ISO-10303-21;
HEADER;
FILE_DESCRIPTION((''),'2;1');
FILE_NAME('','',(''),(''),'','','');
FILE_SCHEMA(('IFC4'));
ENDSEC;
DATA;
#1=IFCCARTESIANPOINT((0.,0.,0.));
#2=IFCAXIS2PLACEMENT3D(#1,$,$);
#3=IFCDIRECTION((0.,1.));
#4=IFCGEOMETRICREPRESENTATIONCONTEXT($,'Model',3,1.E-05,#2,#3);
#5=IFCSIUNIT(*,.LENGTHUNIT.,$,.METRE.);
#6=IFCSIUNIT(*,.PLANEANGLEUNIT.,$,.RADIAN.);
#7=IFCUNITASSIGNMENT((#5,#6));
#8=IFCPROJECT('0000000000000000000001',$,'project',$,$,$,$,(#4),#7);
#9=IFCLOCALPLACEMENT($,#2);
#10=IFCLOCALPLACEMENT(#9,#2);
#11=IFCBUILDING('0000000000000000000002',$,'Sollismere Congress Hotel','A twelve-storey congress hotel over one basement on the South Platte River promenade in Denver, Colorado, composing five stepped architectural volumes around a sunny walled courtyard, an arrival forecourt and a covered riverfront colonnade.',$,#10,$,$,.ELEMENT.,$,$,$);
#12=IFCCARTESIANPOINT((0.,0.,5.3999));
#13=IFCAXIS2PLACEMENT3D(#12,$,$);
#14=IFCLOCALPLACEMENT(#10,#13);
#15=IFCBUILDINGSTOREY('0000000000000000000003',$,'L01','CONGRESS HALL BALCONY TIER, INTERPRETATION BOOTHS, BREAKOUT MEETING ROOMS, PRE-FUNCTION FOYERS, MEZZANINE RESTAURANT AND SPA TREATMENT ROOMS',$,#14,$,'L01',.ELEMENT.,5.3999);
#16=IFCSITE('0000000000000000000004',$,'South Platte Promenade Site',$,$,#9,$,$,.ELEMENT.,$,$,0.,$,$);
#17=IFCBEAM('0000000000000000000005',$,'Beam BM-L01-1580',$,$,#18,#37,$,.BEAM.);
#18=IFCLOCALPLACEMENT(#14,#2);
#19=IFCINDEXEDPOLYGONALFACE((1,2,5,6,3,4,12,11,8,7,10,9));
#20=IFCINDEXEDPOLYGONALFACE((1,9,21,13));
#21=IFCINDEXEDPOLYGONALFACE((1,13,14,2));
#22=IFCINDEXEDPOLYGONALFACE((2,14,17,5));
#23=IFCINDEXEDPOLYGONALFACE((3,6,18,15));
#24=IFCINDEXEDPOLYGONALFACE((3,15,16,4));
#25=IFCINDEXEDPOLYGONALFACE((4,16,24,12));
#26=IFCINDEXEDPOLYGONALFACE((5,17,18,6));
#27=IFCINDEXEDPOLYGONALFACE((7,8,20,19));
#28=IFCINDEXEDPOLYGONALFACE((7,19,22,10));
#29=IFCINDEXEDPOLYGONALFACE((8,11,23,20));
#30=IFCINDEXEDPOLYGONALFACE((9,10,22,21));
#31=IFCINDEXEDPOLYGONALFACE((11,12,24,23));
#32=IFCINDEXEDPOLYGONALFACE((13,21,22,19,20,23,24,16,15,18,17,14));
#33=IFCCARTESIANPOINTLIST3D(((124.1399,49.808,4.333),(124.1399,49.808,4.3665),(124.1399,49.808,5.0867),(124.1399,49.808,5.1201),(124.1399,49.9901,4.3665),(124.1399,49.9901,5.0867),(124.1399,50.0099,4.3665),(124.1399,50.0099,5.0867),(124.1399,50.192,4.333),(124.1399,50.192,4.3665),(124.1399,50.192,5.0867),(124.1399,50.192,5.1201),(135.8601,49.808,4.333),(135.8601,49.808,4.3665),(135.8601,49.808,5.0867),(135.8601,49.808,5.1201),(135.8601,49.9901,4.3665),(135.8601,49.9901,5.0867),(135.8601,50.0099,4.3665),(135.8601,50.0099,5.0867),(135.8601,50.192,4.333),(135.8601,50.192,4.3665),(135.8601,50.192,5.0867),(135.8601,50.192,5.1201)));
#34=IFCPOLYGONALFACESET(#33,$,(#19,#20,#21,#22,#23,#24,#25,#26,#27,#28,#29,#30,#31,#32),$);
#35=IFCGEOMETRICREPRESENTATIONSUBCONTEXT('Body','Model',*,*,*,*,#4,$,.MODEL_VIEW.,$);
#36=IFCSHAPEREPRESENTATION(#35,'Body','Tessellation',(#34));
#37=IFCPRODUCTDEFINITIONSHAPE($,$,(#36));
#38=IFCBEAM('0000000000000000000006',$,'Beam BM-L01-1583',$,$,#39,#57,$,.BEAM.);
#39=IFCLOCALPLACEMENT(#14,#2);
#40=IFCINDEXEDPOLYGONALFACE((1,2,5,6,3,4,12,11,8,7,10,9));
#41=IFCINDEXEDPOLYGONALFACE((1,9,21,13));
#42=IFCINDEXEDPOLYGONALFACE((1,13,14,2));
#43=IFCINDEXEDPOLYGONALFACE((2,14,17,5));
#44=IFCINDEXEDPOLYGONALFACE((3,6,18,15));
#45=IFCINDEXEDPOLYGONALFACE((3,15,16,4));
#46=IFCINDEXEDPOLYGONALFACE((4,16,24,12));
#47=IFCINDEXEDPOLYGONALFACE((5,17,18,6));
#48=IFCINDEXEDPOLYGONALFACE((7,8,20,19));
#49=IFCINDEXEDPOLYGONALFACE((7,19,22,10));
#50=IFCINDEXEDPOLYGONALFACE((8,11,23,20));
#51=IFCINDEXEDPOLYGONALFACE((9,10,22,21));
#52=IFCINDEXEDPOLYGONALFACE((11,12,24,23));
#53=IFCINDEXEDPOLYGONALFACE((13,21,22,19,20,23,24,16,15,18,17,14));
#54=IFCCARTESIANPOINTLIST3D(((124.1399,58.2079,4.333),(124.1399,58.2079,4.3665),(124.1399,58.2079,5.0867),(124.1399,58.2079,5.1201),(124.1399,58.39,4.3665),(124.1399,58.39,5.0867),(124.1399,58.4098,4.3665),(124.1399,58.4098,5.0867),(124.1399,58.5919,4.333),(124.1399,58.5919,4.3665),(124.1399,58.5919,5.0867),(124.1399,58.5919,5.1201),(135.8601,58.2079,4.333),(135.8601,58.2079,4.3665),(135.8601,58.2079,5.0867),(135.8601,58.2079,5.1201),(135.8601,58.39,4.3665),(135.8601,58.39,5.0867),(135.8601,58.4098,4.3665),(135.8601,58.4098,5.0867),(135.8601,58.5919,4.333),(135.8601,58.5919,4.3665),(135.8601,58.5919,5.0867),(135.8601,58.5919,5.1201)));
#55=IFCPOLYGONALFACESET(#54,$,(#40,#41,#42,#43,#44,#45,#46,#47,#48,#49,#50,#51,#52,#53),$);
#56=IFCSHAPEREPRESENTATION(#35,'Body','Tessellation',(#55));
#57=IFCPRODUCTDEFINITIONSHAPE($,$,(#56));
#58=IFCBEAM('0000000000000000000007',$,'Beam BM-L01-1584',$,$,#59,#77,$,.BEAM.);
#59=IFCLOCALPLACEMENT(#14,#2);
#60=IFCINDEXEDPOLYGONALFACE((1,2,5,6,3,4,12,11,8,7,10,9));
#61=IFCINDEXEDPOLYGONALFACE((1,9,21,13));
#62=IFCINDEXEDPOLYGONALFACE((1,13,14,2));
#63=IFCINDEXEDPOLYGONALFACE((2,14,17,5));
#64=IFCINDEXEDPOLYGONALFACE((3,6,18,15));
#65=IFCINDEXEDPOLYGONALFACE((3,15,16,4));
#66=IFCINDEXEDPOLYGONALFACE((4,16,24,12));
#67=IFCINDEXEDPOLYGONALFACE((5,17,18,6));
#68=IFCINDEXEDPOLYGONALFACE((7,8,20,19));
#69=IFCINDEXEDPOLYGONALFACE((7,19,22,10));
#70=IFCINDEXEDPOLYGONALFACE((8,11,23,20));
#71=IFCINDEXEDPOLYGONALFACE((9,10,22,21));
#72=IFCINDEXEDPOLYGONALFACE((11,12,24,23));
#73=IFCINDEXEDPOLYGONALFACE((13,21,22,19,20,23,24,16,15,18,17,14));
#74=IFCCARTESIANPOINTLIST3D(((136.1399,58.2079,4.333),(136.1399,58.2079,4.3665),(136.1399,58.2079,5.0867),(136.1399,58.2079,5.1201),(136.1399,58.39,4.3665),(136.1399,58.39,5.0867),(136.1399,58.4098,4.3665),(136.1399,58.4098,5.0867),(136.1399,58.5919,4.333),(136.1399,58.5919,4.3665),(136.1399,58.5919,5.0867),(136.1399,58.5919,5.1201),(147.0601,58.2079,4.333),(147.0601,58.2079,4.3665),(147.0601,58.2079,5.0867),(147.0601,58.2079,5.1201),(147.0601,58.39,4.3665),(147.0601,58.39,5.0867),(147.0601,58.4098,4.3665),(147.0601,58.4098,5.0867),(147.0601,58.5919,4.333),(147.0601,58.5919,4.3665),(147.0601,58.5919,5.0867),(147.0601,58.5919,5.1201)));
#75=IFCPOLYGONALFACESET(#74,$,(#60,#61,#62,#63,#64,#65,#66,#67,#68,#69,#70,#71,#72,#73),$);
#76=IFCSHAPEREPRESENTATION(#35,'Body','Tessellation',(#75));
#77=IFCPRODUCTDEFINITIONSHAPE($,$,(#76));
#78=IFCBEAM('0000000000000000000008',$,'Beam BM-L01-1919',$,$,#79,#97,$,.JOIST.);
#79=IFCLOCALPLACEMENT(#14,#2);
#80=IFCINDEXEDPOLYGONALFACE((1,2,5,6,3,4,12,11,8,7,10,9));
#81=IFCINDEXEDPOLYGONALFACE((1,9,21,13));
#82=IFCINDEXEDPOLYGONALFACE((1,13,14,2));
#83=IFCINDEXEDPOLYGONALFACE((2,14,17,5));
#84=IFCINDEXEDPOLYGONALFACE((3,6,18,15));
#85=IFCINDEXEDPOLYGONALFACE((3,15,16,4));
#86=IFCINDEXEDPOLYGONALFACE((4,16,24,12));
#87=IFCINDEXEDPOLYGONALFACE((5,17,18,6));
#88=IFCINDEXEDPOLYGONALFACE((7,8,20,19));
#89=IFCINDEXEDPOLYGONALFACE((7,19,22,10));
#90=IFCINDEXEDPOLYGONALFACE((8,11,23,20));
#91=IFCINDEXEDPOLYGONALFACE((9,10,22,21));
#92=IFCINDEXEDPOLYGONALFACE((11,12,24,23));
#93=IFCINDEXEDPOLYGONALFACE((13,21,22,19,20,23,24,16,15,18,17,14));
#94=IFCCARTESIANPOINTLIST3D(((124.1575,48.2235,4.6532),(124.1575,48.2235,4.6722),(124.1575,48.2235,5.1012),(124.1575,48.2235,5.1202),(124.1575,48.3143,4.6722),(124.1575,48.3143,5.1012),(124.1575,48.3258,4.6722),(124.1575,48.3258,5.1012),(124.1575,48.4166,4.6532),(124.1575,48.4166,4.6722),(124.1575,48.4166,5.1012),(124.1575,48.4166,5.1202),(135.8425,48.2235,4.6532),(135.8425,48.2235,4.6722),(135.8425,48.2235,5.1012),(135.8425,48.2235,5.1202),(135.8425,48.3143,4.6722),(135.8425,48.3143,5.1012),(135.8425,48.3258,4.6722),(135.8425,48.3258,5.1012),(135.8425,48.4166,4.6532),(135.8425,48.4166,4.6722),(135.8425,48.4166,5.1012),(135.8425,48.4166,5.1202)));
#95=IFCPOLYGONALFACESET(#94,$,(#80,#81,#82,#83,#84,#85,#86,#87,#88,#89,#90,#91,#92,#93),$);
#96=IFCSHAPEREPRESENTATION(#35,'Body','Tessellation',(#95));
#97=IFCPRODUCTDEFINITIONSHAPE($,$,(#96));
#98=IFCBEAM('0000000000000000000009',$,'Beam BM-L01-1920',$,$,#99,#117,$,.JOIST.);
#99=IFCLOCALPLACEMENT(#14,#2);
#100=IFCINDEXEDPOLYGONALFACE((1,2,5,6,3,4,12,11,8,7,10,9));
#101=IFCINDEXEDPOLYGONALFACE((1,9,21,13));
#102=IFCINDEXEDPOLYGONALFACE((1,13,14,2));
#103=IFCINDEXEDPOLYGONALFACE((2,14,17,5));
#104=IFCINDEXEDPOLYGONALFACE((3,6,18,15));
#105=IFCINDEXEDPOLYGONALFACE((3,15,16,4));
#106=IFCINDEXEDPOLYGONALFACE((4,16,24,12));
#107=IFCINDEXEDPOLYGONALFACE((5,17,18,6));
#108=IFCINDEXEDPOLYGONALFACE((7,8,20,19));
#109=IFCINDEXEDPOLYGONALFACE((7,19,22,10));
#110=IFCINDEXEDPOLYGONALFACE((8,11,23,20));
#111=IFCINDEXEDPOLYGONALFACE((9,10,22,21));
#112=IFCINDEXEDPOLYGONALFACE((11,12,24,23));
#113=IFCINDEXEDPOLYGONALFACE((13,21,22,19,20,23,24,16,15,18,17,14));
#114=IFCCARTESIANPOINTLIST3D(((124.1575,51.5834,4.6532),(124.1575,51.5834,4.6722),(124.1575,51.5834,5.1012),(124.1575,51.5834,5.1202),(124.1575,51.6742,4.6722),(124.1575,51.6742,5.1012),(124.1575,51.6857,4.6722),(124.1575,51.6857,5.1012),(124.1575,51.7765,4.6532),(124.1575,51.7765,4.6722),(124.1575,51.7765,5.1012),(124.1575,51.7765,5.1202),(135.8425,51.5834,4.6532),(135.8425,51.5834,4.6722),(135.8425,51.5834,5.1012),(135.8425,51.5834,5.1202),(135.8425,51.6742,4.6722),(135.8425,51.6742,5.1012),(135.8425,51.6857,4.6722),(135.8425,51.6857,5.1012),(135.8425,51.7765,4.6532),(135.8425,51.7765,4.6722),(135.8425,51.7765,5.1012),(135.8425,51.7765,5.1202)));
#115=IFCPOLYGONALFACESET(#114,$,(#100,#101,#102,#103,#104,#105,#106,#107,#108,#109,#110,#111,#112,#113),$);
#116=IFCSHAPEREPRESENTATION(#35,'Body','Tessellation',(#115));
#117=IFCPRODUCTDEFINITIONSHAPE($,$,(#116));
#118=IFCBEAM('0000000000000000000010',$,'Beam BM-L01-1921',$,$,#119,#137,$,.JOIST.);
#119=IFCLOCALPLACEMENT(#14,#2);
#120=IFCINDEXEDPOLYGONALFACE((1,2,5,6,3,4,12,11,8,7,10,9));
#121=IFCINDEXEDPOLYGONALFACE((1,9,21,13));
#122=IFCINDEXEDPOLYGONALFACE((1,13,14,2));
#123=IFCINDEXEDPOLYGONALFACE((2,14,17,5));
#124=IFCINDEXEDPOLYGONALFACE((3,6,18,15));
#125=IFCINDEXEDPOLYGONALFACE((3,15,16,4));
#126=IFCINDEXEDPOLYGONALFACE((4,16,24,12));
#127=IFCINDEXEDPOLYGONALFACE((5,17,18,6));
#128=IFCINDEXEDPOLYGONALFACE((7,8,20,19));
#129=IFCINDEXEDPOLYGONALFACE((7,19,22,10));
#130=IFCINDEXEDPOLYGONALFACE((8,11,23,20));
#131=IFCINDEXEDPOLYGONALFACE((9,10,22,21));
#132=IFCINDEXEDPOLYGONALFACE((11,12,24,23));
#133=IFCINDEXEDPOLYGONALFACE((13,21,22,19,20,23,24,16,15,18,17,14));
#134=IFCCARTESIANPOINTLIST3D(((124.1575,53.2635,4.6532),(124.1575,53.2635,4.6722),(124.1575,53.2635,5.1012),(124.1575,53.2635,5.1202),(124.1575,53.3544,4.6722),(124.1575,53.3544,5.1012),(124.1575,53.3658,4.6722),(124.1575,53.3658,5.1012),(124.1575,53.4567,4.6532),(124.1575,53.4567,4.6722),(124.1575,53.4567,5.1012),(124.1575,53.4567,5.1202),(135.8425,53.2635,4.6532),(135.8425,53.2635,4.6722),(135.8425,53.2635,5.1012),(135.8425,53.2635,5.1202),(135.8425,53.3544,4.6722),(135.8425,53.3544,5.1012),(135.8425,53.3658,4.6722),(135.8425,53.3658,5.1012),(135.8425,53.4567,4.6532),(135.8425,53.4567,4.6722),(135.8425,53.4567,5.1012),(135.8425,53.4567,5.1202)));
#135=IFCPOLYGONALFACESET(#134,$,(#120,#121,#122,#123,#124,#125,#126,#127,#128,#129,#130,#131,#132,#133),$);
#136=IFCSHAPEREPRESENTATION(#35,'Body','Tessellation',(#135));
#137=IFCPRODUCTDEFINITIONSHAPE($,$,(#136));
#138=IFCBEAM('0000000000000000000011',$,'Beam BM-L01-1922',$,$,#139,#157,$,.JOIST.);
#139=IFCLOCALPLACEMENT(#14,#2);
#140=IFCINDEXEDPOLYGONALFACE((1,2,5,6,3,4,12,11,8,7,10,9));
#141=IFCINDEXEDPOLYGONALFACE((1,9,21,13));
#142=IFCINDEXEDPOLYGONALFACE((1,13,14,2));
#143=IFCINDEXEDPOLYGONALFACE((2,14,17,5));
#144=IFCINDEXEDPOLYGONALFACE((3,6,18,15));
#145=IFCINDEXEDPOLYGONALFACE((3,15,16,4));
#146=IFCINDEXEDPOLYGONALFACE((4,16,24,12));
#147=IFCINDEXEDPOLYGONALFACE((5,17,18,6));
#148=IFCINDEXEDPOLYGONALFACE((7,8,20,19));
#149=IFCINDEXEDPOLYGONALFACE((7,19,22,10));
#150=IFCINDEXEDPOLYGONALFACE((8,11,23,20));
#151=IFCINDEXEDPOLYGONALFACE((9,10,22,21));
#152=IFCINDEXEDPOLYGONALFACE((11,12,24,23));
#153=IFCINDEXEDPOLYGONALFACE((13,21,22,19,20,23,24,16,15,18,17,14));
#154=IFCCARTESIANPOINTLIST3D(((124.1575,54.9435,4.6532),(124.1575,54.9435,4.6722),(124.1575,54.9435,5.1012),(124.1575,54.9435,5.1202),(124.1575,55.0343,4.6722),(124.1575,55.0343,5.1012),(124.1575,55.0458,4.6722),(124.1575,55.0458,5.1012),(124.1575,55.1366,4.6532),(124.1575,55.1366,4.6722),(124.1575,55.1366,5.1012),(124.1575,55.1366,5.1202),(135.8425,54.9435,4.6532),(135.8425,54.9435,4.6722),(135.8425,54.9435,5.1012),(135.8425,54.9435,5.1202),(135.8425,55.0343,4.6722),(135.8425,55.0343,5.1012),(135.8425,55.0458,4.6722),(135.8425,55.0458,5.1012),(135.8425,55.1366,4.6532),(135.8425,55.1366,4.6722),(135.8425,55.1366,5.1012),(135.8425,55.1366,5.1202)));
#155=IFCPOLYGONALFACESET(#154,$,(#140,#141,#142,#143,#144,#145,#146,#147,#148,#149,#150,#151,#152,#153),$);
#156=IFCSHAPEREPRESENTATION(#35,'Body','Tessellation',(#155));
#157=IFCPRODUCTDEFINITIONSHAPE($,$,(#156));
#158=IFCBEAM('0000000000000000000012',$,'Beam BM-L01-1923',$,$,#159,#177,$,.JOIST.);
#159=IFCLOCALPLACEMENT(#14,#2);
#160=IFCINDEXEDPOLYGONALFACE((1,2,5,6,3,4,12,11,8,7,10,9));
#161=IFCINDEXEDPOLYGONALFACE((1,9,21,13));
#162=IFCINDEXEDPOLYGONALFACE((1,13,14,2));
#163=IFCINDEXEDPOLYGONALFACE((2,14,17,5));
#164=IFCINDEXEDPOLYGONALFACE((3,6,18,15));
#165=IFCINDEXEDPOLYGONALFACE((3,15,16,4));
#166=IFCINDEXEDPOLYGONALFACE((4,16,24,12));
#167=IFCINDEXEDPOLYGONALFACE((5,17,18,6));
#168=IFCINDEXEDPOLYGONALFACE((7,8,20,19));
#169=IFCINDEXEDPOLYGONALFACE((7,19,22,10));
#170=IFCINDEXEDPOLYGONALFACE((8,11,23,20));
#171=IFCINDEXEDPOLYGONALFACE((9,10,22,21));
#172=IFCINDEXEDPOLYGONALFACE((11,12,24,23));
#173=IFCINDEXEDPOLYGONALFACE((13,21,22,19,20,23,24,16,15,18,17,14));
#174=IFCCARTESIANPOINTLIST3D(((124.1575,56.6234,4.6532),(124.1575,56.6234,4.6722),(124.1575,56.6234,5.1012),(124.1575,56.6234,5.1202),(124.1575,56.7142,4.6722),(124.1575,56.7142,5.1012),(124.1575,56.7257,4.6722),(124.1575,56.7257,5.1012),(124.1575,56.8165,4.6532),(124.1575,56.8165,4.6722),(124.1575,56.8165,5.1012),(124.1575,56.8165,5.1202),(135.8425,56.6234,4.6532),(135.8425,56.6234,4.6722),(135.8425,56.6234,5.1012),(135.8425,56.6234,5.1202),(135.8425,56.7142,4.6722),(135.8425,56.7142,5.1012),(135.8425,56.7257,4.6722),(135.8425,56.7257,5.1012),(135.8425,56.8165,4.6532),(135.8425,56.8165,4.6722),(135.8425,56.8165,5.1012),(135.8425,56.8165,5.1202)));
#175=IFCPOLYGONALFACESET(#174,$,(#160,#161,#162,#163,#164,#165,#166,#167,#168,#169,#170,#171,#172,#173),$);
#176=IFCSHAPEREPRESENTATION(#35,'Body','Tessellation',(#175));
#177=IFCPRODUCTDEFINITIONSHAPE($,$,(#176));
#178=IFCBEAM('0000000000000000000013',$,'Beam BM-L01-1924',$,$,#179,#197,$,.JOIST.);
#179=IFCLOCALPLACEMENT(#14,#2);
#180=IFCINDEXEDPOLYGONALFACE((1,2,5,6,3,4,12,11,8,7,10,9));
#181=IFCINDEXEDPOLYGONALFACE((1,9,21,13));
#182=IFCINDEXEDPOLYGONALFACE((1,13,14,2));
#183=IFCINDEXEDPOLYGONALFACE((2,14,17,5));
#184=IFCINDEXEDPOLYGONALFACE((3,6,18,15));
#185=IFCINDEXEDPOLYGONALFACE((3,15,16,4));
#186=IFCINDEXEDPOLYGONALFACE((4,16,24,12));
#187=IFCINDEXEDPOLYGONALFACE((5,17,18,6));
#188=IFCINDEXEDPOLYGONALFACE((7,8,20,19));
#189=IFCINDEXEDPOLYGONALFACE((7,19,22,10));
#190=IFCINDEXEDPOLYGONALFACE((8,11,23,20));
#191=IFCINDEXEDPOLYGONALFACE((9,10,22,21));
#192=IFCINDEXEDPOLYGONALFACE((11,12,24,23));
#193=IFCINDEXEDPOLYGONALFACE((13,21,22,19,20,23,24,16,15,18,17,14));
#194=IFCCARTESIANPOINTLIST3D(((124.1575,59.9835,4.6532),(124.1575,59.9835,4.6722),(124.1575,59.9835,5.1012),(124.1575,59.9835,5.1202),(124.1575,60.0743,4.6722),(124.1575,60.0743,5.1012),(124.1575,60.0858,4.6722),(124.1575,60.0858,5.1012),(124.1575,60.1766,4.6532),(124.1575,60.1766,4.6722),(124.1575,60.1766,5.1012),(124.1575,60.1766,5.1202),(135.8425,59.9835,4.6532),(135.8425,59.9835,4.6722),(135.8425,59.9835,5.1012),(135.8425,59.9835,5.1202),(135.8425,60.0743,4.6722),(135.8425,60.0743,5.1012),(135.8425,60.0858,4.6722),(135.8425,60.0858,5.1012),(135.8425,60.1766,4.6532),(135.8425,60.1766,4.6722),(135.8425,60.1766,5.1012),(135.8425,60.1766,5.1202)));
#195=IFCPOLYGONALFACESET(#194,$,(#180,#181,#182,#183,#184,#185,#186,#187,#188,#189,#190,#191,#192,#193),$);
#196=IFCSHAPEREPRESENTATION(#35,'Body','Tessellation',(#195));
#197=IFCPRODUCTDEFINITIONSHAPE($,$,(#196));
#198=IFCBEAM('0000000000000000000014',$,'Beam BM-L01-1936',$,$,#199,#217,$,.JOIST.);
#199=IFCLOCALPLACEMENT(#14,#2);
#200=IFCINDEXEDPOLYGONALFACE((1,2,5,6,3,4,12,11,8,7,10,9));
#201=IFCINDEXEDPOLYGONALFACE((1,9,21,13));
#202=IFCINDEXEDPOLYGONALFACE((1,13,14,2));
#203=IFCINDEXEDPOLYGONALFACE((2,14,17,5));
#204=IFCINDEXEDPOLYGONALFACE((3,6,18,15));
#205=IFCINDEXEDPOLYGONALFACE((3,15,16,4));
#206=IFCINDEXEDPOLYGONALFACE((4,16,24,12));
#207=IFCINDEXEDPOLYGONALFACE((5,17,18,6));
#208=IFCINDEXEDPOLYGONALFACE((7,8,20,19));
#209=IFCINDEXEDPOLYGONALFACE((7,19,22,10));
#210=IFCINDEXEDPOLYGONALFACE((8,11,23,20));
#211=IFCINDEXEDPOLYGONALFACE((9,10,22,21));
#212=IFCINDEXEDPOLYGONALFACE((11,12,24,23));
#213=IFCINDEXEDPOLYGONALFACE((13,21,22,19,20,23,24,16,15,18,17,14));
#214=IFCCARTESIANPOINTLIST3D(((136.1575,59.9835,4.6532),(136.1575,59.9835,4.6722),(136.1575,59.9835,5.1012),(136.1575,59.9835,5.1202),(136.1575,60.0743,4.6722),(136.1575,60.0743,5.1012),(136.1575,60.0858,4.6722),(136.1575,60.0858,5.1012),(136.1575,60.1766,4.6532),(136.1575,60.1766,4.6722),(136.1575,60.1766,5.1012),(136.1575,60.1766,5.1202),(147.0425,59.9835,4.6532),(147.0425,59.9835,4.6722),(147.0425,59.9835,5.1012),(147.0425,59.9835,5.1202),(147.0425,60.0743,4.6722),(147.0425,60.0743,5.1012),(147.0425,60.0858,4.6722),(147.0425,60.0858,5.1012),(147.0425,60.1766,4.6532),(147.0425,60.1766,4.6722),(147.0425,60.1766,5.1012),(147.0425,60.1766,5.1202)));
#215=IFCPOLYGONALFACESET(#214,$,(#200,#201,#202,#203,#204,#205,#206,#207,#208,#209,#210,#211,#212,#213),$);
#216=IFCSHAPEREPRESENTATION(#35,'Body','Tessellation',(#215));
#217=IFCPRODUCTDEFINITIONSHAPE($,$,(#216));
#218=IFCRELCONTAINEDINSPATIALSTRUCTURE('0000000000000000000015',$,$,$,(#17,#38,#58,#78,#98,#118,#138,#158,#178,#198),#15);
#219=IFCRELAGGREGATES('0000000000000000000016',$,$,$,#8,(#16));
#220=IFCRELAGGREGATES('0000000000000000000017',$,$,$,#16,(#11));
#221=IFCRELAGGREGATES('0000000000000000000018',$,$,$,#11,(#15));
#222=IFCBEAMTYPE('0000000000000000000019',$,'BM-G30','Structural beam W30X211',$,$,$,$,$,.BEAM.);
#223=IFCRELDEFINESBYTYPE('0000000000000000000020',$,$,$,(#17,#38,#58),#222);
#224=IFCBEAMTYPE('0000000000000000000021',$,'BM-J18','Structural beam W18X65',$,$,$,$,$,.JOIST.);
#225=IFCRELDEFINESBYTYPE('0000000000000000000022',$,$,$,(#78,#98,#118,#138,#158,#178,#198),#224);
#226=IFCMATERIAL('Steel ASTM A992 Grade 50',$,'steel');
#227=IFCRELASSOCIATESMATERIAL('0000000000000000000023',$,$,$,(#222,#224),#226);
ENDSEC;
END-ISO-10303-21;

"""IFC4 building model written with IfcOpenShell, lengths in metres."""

from ifc_helpers import new_model, si_unit, direction, frame, origin, origin_2d, place, context, subcontext, project, spatial, i_section, extrude, material, material_profile, profile_set, type_object, element, save


model = new_model("IFC4")

# Units and contexts
model_context = context("Model", 3, precision=1e-05, world=origin(), true_north=direction((0.0, 1.0)))
body_context = subcontext(model_context, "Body", "Model", "MODEL_VIEW")
ifc_project = project(units=[si_unit("LENGTHUNIT", "METRE"), si_unit("PLANEANGLEUNIT", "RADIAN")], contexts=[model_context])

# Site, building, storey
site_placement = place(None, origin())
site = spatial("IfcSite", under=ifc_project, at=site_placement, Name="South Platte Promenade Site", CompositionType="ELEMENT", RefElevation=0.0)
building_placement = place(site_placement, origin())
building = spatial("IfcBuilding", under=site, at=building_placement, Name="Sollismere Congress Hotel", Description="A twelve-storey congress hotel over one basement on the South Platte River promenade in Denver, Colorado, composing five stepped architectural volumes around a sunny walled courtyard, an arrival forecourt and a covered riverfront colonnade.", CompositionType="ELEMENT")
storey_placement = place(building_placement, frame((0.0, 0.0, 5.3999)))
storey = spatial("IfcBuildingStorey", under=building, at=storey_placement, Name="L01", Description="CONGRESS HALL BALCONY TIER, INTERPRETATION BOOTHS, BREAKOUT MEETING ROOMS, PRE-FUNCTION FOYERS, MEZZANINE RESTAURANT AND SPA TREATMENT ROOMS", LongName="L01", CompositionType="ELEMENT", Elevation=5.3999)

# Shared definitions
ifc_material_1 = material(Name="Steel ASTM A992 Grade 50", Category="steel")

# Beams
ifc_material_profile_1 = material_profile(ifc_material_1, i_section(OverallWidth=0.384, OverallDepth=0.7871, WebThickness=0.0198, FlangeThickness=0.0334, at=origin_2d()), Name="W30X211")
ifc_profile_set_1 = profile_set([ifc_material_profile_1], Name="Steel ASTM A992 Grade 50")
beam_type_1 = type_object("IfcBeamType", Name="BM-G30", Description="Structural beam W30X211", PredefinedType="BEAM", material=ifc_profile_set_1)
for number, where, z_axis, x_axis, name in (
    (1, (124.1399, 50.0, 4.7266), (1.0, 0.0, 0.0), (0.0, 1.0, 0.0), "Beam BM-L01-1580"),
    (2, (124.1399, 58.3999, 4.7266), (1.0, 0.0, 0.0), (0.0, 1.0, 0.0), "Beam BM-L01-1583"),
):
    element("IfcBeam", number, at=place(storey_placement, frame(where, z_axis=z_axis, x_axis=x_axis)), inside=storey, type_object=beam_type_1, Name=name, PredefinedType="BEAM", context=body_context, shape_type="SweptSolid", body=[
        extrude(i_section(OverallWidth=0.384, OverallDepth=0.7871, WebThickness=0.0198, FlangeThickness=0.0334, at=origin_2d()), origin(), (0.0, 0.0, 1.0), 11.7202),
    ])
beam_1_placement = place(storey_placement, frame((136.1399, 58.3999, 4.7266), z_axis=(1.0, 0.0, 0.0), x_axis=(0.0, 1.0, 0.0)))
element("IfcBeam", 3, at=beam_1_placement, inside=storey, type_object=beam_type_1, Name="Beam BM-L01-1584", PredefinedType="BEAM", context=body_context, shape_type="SweptSolid", body=[
    extrude(i_section(OverallWidth=0.384, OverallDepth=0.7871, WebThickness=0.0198, FlangeThickness=0.0334, at=origin_2d()), origin(), (0.0, 0.0, 1.0), 10.9202),
])
ifc_material_profile_2 = material_profile(ifc_material_1, i_section(OverallWidth=0.1931, OverallDepth=0.467, WebThickness=0.0115, FlangeThickness=0.019, at=origin_2d()), Name="W18X65")
ifc_profile_set_2 = profile_set([ifc_material_profile_2], Name="Steel ASTM A992 Grade 50")
beam_type_2 = type_object("IfcBeamType", Name="BM-J18", Description="Structural beam W18X65", PredefinedType="JOIST", material=ifc_profile_set_2)
for number, where, z_axis, x_axis, name in (
    (4, (124.1575, 48.3201, 4.8867), (1.0, 0.0, 0.0), (0.0, 1.0, 0.0), "Beam BM-L01-1919"),
    (5, (124.1575, 51.6799, 4.8867), (1.0, 0.0, 0.0), (0.0, 1.0, 0.0), "Beam BM-L01-1920"),
    (6, (124.1575, 53.3601, 4.8867), (1.0, 0.0, 0.0), (0.0, 1.0, 0.0), "Beam BM-L01-1921"),
    (7, (124.1575, 55.04, 4.8867), (1.0, 0.0, 0.0), (0.0, 1.0, 0.0), "Beam BM-L01-1922"),
    (8, (124.1575, 56.72, 4.8867), (1.0, 0.0, 0.0), (0.0, 1.0, 0.0), "Beam BM-L01-1923"),
    (9, (124.1575, 60.0801, 4.8867), (1.0, 0.0, 0.0), (0.0, 1.0, 0.0), "Beam BM-L01-1924"),
):
    element("IfcBeam", number, at=place(storey_placement, frame(where, z_axis=z_axis, x_axis=x_axis)), inside=storey, type_object=beam_type_2, Name=name, PredefinedType="JOIST", context=body_context, shape_type="SweptSolid", body=[
        extrude(i_section(OverallWidth=0.1931, OverallDepth=0.467, WebThickness=0.0115, FlangeThickness=0.019, at=origin_2d()), origin(), (0.0, 0.0, 1.0), 11.6851),
    ])
beam_2_placement = place(storey_placement, frame((136.1575, 60.0801, 4.8867), z_axis=(1.0, 0.0, 0.0), x_axis=(0.0, 1.0, 0.0)))
element("IfcBeam", 10, at=beam_2_placement, inside=storey, type_object=beam_type_2, Name="Beam BM-L01-1936", PredefinedType="JOIST", context=body_context, shape_type="SweptSolid", body=[
    extrude(i_section(OverallWidth=0.1931, OverallDepth=0.467, WebThickness=0.0115, FlangeThickness=0.019, at=origin_2d()), origin(), (0.0, 0.0, 1.0), 10.885),
])

save(model, "model.ifc")
